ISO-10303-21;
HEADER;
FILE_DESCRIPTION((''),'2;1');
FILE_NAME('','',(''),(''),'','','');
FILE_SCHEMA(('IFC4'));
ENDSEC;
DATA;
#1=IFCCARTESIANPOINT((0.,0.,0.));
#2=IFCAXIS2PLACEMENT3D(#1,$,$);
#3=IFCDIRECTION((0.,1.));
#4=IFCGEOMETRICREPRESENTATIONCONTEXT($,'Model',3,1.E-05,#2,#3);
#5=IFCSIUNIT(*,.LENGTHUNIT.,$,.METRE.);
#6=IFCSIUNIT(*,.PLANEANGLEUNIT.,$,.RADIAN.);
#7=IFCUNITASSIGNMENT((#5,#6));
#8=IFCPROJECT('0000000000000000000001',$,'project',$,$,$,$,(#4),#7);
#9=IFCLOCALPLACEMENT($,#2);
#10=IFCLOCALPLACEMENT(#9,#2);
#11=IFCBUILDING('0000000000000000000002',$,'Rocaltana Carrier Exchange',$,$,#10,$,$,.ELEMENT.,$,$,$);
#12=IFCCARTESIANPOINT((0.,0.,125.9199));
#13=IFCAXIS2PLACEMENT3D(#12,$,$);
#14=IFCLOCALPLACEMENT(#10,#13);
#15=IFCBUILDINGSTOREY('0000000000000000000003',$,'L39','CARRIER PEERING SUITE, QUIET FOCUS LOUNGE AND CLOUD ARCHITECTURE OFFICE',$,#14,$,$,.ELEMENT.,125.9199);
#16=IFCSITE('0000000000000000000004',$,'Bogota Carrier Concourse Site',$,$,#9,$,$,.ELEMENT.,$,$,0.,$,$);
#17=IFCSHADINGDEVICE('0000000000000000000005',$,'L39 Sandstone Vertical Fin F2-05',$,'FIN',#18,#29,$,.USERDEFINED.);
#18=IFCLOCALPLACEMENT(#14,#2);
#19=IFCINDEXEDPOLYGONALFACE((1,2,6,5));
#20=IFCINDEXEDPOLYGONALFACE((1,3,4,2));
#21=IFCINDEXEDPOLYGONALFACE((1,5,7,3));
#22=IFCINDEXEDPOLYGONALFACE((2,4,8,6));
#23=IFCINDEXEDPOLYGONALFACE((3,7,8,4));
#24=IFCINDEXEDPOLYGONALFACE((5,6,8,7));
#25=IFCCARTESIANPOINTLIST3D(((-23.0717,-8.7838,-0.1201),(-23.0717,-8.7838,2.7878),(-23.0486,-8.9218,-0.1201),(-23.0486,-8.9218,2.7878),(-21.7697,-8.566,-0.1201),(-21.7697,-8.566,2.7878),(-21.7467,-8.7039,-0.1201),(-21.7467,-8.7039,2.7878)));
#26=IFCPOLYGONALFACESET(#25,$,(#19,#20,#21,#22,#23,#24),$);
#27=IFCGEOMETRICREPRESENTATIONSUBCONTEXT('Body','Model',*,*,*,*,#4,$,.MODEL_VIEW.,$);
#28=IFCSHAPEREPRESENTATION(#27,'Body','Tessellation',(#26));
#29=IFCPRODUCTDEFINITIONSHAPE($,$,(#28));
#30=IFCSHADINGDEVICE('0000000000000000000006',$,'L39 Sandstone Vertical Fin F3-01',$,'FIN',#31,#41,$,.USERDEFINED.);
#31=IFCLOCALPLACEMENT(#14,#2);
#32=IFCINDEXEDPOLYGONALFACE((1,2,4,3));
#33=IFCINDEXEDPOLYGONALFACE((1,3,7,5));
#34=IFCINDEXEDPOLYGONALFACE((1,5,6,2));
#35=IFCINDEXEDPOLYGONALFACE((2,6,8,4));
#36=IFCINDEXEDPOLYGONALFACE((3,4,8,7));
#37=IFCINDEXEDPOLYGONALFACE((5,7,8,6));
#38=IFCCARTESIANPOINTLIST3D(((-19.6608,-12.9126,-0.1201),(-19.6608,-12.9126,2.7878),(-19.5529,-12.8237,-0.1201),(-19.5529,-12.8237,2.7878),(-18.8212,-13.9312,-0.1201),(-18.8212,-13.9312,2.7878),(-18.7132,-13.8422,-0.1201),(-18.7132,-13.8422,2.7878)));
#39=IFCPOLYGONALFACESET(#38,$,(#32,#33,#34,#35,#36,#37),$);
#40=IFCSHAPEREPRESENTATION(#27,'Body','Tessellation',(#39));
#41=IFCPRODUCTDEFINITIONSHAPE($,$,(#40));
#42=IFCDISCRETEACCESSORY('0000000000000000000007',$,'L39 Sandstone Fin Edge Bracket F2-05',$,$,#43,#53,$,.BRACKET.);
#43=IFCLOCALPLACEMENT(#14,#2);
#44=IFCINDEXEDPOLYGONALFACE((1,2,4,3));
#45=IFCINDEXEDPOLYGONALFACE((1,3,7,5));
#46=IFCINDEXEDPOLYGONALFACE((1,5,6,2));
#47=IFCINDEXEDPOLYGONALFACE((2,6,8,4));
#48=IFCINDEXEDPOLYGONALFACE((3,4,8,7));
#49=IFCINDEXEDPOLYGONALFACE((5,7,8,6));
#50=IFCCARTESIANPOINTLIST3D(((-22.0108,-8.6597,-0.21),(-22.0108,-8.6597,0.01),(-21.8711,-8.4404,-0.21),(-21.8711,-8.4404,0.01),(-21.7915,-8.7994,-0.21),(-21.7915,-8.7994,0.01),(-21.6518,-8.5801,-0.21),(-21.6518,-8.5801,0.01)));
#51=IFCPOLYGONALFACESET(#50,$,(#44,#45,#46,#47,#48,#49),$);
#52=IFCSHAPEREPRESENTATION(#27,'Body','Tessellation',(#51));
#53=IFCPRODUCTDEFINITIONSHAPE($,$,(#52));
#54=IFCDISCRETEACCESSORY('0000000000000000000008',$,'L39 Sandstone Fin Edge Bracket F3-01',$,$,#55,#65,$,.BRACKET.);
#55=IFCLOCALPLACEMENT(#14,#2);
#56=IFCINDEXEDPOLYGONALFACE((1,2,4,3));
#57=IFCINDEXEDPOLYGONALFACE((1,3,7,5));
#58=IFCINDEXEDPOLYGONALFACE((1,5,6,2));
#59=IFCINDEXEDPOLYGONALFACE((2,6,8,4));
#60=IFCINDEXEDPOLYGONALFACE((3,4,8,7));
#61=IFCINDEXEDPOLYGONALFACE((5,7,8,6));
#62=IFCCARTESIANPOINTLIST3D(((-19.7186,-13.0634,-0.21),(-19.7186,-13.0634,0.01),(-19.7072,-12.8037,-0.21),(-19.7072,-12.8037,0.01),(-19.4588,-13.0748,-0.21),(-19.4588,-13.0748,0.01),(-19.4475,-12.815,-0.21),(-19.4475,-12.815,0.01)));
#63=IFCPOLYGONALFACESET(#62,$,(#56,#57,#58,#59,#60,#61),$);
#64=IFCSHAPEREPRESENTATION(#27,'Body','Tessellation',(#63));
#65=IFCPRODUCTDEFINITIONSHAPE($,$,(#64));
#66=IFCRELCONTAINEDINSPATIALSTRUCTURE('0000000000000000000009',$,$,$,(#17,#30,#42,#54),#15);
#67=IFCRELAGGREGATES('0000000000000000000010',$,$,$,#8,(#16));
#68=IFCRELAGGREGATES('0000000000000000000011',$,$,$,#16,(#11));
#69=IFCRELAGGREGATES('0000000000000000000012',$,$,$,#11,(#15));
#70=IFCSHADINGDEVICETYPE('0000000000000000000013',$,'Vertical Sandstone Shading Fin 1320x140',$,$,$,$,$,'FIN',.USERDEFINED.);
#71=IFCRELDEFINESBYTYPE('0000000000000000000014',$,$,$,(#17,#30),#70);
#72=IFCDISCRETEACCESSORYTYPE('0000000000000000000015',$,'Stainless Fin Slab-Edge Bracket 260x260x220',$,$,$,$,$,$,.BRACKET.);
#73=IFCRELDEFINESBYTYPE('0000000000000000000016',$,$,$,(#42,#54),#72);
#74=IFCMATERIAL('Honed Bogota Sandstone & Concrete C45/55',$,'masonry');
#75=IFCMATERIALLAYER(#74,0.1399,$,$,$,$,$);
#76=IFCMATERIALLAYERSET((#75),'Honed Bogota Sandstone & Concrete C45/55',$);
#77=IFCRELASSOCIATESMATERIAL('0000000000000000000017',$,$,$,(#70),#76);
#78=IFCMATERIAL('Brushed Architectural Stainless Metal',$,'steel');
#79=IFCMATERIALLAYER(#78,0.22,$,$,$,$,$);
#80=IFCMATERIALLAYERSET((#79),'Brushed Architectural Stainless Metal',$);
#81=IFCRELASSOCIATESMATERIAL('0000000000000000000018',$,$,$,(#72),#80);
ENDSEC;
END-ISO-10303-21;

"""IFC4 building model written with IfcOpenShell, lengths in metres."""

from ifc_helpers import new_model, si_unit, direction, frame, origin, origin_2d, place, context, subcontext, project, spatial, rectangle, extrude, material, layer, layer_set, type_object, element, save


model = new_model("IFC4")

# Units and contexts
model_context = context("Model", 3, precision=1e-05, world=origin(), true_north=direction((0.0, 1.0)))
body_context = subcontext(model_context, "Body", "Model", "MODEL_VIEW")
ifc_project = project(units=[si_unit("LENGTHUNIT", "METRE"), si_unit("PLANEANGLEUNIT", "RADIAN")], contexts=[model_context])

# Site, building, storey
site_placement = place(None, origin())
site = spatial("IfcSite", under=ifc_project, at=site_placement, Name="Bogota Carrier Concourse Site", CompositionType="ELEMENT", RefElevation=0.0)
building_placement = place(site_placement, origin())
building = spatial("IfcBuilding", under=site, at=building_placement, Name="Rocaltana Carrier Exchange", CompositionType="ELEMENT")
storey_placement = place(building_placement, frame((0.0, 0.0, 125.9199)))
storey = spatial("IfcBuildingStorey", under=building, at=storey_placement, Name="L39", Description="CARRIER PEERING SUITE, QUIET FOCUS LOUNGE AND CLOUD ARCHITECTURE OFFICE", CompositionType="ELEMENT", Elevation=125.9199)

# Shading devices
ifc_material_1 = material(Name="Honed Bogota Sandstone & Concrete C45/55", Category="masonry")
ifc_layer_1 = layer(ifc_material_1, 0.1399)
ifc_layer_set_1 = layer_set([ifc_layer_1], Name="Honed Bogota Sandstone & Concrete C45/55")
shading_device_type = type_object("IfcShadingDeviceType", Name="Vertical Sandstone Shading Fin 1320x140", ElementType="FIN", PredefinedType="USERDEFINED", material=ifc_layer_set_1)
for number, where, z_axis, x_axis, name in (
    (1, (-22.4092, -8.7439, -0.1201), (0.0, 0.0, 1.0), (-0.986286, -0.165048, 0.0), "L39 Sandstone Vertical Fin F2-05"),
    (2, (-19.187, -13.3774, -0.1201), (0.0, 0.0, 1.0), (0.636078, -0.771625, 0.0), "L39 Sandstone Vertical Fin F3-01"),
):
    element("IfcShadingDevice", number, at=place(storey_placement, frame(where, z_axis=z_axis, x_axis=x_axis)), inside=storey, type_object=shading_device_type, Name=name, ObjectType="FIN", PredefinedType="USERDEFINED", context=body_context, shape_type="SweptSolid", body=[
        extrude(rectangle(XDim=1.3201, YDim=0.1399, at=origin_2d()), origin(), (0.0, 0.0, 1.0), 2.908),
    ])

# Discrete accessories
ifc_material_2 = material(Name="Brushed Architectural Stainless Metal", Category="steel")
ifc_layer_2 = layer(ifc_material_2, 0.22)
ifc_layer_set_2 = layer_set([ifc_layer_2], Name="Brushed Architectural Stainless Metal")
discrete_accessory_type = type_object("IfcDiscreteAccessoryType", Name="Stainless Fin Slab-Edge Bracket 260x260x220", PredefinedType="BRACKET", material=ifc_layer_set_2)
for number, where, z_axis, x_axis, name in (
    (3, (-21.8313, -8.6199, -0.21), (0.0, 0.0, 1.0), (-0.5373, -0.843391, 0.0), "L39 Sandstone Fin Edge Bracket F2-05"),
    (4, (-19.583, -12.9392, -0.21), (0.0, 0.0, 1.0), (0.999048, -0.043619, 0.0), "L39 Sandstone Fin Edge Bracket F3-01"),
):
    element("IfcDiscreteAccessory", number, at=place(storey_placement, frame(where, z_axis=z_axis, x_axis=x_axis)), inside=storey, type_object=discrete_accessory_type, Name=name, PredefinedType="BRACKET", context=body_context, shape_type="SweptSolid", body=[
        extrude(rectangle(XDim=0.26, YDim=0.26, at=origin_2d()), origin(), (0.0, 0.0, 1.0), 0.22),
    ])

save(model, "model.ifc")
